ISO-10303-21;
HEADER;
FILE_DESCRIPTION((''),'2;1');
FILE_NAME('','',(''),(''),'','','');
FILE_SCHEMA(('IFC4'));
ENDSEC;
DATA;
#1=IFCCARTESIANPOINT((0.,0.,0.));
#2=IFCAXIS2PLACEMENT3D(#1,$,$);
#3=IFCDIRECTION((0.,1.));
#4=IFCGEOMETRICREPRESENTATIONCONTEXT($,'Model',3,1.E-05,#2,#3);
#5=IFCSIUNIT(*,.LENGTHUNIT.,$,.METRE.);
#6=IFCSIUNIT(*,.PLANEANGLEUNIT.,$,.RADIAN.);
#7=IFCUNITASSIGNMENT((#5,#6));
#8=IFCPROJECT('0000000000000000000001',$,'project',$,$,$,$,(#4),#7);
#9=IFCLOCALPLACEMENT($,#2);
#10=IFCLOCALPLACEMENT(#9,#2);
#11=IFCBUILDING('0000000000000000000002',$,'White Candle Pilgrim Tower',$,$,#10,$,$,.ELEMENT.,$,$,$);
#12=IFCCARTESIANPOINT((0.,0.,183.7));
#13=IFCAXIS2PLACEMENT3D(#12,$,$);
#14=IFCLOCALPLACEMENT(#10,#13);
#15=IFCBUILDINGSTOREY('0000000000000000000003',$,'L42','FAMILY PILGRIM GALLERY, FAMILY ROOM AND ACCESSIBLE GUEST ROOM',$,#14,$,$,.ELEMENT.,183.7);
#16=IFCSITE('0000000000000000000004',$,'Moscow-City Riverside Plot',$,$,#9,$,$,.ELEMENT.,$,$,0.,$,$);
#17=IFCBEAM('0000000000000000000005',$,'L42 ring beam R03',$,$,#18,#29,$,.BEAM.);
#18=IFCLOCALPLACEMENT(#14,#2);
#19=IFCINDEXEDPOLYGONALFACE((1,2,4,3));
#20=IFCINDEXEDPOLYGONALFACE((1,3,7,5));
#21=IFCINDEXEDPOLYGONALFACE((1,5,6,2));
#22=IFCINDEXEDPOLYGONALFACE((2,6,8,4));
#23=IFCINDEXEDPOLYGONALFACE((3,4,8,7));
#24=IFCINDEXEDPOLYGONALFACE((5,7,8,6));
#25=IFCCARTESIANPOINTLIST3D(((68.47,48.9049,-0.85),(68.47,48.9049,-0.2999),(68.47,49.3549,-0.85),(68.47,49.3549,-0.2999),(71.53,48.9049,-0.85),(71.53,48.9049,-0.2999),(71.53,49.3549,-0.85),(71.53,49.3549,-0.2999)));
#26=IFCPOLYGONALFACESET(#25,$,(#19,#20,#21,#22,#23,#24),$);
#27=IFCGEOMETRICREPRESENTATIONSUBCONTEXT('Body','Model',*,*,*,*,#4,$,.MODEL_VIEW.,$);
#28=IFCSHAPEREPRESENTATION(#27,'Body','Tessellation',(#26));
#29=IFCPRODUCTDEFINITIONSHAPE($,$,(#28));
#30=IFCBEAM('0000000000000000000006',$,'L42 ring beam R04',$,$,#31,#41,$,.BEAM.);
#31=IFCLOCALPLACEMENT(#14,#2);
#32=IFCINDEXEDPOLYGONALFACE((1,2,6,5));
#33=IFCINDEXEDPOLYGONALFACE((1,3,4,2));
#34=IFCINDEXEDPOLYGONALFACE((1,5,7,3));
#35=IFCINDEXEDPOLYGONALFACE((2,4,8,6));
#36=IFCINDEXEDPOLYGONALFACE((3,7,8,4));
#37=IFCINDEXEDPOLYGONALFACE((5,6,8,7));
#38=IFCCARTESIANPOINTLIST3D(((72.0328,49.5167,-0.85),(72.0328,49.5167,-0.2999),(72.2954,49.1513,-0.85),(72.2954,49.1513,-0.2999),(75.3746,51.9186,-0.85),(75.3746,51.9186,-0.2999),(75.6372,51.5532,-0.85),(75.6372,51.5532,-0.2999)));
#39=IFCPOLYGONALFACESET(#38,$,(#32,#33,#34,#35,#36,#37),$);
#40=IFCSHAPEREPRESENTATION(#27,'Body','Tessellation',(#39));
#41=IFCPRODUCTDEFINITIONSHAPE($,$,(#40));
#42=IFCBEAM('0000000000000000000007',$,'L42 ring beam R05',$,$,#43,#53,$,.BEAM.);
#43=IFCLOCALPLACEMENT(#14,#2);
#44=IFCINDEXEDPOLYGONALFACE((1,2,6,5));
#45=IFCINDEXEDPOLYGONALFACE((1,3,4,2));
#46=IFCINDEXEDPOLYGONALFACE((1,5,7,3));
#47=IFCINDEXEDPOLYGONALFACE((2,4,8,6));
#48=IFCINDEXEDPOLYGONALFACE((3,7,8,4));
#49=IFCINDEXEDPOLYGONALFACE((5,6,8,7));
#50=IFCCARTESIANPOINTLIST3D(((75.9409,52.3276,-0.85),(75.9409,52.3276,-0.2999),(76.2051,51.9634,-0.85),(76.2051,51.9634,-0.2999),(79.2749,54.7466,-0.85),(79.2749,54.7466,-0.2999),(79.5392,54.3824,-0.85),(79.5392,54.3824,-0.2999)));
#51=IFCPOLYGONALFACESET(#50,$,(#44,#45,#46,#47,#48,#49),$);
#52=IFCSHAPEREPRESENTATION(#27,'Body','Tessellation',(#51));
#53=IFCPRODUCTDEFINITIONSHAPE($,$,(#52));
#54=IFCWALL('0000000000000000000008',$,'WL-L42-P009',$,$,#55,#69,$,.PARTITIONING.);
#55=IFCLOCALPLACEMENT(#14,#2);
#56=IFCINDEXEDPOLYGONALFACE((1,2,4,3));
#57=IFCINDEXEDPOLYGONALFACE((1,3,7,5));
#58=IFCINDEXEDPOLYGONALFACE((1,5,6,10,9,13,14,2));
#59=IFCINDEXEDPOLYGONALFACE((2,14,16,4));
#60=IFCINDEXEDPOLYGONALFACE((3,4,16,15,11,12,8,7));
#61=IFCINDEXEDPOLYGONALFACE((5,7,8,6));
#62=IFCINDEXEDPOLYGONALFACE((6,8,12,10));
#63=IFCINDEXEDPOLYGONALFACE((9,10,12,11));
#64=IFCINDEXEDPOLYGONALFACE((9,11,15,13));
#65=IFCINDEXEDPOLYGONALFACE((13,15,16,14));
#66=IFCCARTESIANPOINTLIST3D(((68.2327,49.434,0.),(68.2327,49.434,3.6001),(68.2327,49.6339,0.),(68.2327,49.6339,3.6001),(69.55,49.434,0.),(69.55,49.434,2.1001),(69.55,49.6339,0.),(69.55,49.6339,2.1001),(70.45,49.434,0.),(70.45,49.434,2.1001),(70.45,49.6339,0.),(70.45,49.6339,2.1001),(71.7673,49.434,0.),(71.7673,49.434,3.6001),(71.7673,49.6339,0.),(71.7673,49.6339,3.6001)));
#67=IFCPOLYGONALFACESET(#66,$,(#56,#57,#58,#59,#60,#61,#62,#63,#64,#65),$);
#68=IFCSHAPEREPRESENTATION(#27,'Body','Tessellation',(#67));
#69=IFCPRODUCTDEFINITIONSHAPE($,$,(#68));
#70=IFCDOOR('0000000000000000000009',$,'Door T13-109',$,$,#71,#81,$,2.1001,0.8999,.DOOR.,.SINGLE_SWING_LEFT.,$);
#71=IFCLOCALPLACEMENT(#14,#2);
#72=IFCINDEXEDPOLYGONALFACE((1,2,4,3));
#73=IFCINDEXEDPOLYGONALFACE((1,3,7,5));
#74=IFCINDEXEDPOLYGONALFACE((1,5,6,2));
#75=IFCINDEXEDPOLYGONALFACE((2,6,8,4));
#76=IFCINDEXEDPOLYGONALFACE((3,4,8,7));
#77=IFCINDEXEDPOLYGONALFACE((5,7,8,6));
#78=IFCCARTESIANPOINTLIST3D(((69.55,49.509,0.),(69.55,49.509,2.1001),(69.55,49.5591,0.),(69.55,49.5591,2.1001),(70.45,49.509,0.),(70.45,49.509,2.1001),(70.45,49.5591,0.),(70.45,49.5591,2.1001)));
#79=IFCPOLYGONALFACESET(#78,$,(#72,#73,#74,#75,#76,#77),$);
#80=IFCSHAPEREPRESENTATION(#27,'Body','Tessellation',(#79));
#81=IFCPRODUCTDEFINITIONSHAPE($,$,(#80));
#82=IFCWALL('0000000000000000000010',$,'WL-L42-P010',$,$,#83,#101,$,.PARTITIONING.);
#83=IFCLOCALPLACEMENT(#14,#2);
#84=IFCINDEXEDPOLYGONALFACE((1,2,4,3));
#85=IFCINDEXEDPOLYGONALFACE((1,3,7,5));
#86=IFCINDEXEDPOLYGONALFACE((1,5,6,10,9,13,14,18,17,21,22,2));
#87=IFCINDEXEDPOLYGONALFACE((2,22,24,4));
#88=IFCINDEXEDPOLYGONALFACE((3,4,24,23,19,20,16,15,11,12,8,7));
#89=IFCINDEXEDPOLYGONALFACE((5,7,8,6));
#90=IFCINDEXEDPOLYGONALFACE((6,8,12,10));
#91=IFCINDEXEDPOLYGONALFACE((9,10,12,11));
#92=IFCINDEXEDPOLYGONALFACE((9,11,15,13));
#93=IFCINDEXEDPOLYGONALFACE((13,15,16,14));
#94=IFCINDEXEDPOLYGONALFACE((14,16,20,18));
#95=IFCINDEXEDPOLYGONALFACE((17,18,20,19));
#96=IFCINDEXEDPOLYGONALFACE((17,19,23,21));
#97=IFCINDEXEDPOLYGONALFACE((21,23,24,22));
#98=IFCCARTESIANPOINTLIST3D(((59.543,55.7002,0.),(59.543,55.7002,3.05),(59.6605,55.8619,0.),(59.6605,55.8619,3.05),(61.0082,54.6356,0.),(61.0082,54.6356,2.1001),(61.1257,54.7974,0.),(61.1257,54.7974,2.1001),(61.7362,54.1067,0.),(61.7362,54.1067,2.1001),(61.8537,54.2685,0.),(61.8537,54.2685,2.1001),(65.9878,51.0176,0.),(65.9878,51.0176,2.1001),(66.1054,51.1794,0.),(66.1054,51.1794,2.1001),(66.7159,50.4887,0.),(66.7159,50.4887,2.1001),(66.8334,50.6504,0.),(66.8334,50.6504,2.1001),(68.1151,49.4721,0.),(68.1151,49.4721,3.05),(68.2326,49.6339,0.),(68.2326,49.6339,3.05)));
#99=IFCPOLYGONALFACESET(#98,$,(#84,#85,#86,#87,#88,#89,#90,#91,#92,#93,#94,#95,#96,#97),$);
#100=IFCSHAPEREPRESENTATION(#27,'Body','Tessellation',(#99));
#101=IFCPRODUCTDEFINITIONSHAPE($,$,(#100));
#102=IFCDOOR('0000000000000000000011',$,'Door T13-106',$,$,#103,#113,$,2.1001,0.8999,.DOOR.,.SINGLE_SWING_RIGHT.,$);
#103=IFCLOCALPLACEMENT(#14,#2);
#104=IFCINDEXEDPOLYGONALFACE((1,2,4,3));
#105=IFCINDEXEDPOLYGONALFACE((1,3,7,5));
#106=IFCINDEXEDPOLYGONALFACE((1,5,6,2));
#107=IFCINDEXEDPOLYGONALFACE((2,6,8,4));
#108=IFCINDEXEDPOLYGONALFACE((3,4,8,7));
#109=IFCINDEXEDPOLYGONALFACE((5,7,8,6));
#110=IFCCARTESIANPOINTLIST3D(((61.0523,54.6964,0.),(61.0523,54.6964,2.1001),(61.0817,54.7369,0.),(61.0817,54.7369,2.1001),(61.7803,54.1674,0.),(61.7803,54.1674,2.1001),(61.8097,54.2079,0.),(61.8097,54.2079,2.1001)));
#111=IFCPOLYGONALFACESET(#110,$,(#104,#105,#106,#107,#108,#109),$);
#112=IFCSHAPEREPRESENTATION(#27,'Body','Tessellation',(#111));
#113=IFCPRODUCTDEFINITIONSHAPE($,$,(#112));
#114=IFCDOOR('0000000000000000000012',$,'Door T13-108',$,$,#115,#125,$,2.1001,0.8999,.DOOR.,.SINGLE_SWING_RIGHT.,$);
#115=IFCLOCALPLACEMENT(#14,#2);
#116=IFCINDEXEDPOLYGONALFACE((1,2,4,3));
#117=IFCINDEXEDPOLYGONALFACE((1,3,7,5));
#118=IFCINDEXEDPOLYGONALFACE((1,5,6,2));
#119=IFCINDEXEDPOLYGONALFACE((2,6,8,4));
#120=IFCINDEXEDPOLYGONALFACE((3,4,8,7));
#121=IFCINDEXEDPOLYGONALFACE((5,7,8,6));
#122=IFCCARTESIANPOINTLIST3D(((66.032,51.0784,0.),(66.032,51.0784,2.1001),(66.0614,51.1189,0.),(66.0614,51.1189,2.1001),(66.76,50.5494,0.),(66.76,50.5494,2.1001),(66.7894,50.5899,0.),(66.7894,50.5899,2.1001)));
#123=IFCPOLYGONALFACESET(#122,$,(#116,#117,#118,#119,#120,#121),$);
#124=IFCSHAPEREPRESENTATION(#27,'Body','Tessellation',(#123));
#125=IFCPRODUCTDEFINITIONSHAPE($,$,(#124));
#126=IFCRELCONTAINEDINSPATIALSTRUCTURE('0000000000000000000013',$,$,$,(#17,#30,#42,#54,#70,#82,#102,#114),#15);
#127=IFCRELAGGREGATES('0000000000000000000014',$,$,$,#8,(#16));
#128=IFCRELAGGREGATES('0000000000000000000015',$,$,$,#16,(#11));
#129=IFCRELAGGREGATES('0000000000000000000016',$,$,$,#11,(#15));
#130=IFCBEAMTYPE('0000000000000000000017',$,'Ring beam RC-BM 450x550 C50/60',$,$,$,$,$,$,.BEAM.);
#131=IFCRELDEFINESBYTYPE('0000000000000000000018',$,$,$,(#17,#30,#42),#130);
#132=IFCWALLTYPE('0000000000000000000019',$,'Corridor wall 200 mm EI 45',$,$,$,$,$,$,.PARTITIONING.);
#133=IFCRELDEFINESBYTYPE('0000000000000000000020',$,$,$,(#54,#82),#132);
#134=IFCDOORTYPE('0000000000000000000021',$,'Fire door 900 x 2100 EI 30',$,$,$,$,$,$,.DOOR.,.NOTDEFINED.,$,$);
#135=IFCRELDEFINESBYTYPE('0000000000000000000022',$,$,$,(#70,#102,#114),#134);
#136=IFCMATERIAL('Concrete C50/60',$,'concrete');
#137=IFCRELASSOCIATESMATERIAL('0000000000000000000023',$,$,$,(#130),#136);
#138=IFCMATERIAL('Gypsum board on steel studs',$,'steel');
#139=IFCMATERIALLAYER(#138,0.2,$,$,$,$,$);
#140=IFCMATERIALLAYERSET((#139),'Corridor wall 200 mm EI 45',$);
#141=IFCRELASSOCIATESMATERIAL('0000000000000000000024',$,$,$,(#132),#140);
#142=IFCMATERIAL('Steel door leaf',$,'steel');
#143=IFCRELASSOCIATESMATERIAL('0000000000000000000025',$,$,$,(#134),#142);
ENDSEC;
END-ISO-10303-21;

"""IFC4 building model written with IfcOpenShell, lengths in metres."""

from ifc_helpers import new_model, si_unit, direction, frame, frame_2d, origin, origin_2d, place, context, subcontext, project, spatial, rectangle, extrude, material, layer, layer_set, material_profile, profile_set, type_object, element, fill, save


model = new_model("IFC4")

# Units and contexts
model_context = context("Model", 3, precision=1e-05, world=origin(), true_north=direction((0.0, 1.0)))
body_context = subcontext(model_context, "Body", "Model", "MODEL_VIEW")
ifc_project = project(units=[si_unit("LENGTHUNIT", "METRE"), si_unit("PLANEANGLEUNIT", "RADIAN")], contexts=[model_context])

# Site, building, storey
site_placement = place(None, origin())
site = spatial("IfcSite", under=ifc_project, at=site_placement, Name="Moscow-City Riverside Plot", CompositionType="ELEMENT", RefElevation=0.0)
building_placement = place(site_placement, origin())
building = spatial("IfcBuilding", under=site, at=building_placement, Name="White Candle Pilgrim Tower", CompositionType="ELEMENT")
storey_placement = place(building_placement, frame((0.0, 0.0, 183.7)))
storey = spatial("IfcBuildingStorey", under=building, at=storey_placement, Name="L42", Description="FAMILY PILGRIM GALLERY, FAMILY ROOM AND ACCESSIBLE GUEST ROOM", CompositionType="ELEMENT", Elevation=183.7)

# Beams
ifc_material_1 = material(Name="Concrete C50/60", Category="concrete")
ifc_material_profile_1 = material_profile(ifc_material_1, rectangle(XDim=0.45, YDim=0.55, at=origin_2d()), Name="RC-BM 450x550")
ifc_profile_set_1 = profile_set([ifc_material_profile_1], Name="Concrete C50/60")
beam_type = type_object("IfcBeamType", Name="Ring beam RC-BM 450x550 C50/60", PredefinedType="BEAM", material=ifc_profile_set_1)
beam_1_placement = place(storey_placement, frame((68.47, 49.1299, -0.575), z_axis=(1.0, 0.0, 0.0), x_axis=(0.0, 1.0, 0.0)))
element("IfcBeam", 1, at=beam_1_placement, inside=storey, type_object=beam_type, Name="L42 ring beam R03", PredefinedType="BEAM", context=body_context, shape_type="SweptSolid", body=[
    extrude(rectangle(XDim=0.45, YDim=0.55, at=origin_2d()), origin(), (0.0, 0.0, 1.0), 3.0601),
])
beam_2_placement = place(storey_placement, frame((72.1641, 49.334, -0.575), z_axis=(0.812022, 0.583626, 0.0), x_axis=(-0.583626, 0.812022, 0.0)))
element("IfcBeam", 2, at=beam_2_placement, inside=storey, type_object=beam_type, Name="L42 ring beam R04", PredefinedType="BEAM", context=body_context, shape_type="SweptSolid", body=[
    extrude(rectangle(XDim=0.45, YDim=0.55, at=origin_2d()), origin(), (0.0, 0.0, 1.0), 4.1155),
])
beam_3_placement = place(storey_placement, frame((76.073, 52.1455, -0.575), z_axis=(0.809402, 0.587255, 0.0), x_axis=(-0.587255, 0.809402, 0.0)))
element("IfcBeam", 3, at=beam_3_placement, inside=storey, type_object=beam_type, Name="L42 ring beam R05", PredefinedType="BEAM", context=body_context, shape_type="SweptSolid", body=[
    extrude(rectangle(XDim=0.45, YDim=0.55, at=origin_2d()), origin(), (0.0, 0.0, 1.0), 4.1191),
])

# Wall, opening, door
ifc_material_2 = material(Name="Gypsum board on steel studs", Category="steel")
ifc_layer_1 = layer(ifc_material_2, 0.2)
ifc_layer_set_1 = layer_set([ifc_layer_1], Name="Corridor wall 200 mm EI 45")
wall_type_1 = type_object("IfcWallType", Name="Corridor wall 200 mm EI 45", PredefinedType="PARTITIONING", material=ifc_layer_set_1)
wall_1_placement = place(storey_placement, frame((71.7673, 49.5339, 0.0), z_axis=(0.0, 0.0, 1.0), x_axis=(-1.0, 0.0, 0.0)))
wall_1 = element("IfcWall", 4, at=wall_1_placement, inside=storey, type_object=wall_type_1, Name="WL-L42-P009", PredefinedType="PARTITIONING", context=body_context, shape_type="SweptSolid", body=[
    extrude(rectangle(XDim=3.5347, YDim=0.2, at=frame_2d((1.7673, 0.0))), origin(), (0.0, 0.0, 1.0), 3.6001),
])
opening_1_placement = place(wall_1_placement, frame((1.3174, 0.0, 0.0)))
opening_1 = element("IfcOpeningElement", 5, at=opening_1_placement, cuts=wall_1, PredefinedType="OPENING", context=body_context, shape_type="SweptSolid", body=[
    extrude(rectangle(XDim=0.8999, YDim=2.1001, at=frame_2d((0.45, 1.05))), frame((0.0, 0.1099, 0.0), z_axis=(0.0, -1.0, 0.0), x_axis=(1.0, 0.0, 0.0)), (0.0, 0.0, 1.0), 0.22),
])
ifc_material_3 = material(Name="Steel door leaf", Category="steel")
door_type_1 = type_object("IfcDoorType", Name="Fire door 900 x 2100 EI 30", OperationType="NOTDEFINED", PredefinedType="DOOR", material=ifc_material_3)
door_1_placement = place(opening_1_placement, origin())
door_1 = element("IfcDoor", 6, at=door_1_placement, inside=storey, type_object=door_type_1, Name="Door T13-109", OperationType="SINGLE_SWING_LEFT", OverallHeight=2.1001, OverallWidth=0.8999, PredefinedType="DOOR", context=body_context, shape_type="SweptSolid", body=[
    extrude(rectangle(XDim=0.8999, YDim=2.1001, at=frame_2d((0.45, 1.05))), frame((0.0, 0.0249, 0.0), z_axis=(0.0, -1.0, 0.0), x_axis=(1.0, 0.0, 0.0)), (0.0, 0.0, 1.0), 0.05),
])
fill(opening_1, door_1)

# Wall, openings, doors
wall_2_placement = place(storey_placement, frame((68.1738, 49.553, 0.0), z_axis=(0.0, 0.0, 1.0), x_axis=(-0.809013, 0.587791, 0.0)))
wall_2 = element("IfcWall", 7, at=wall_2_placement, inside=storey, type_object=wall_type_1, Name="WL-L42-P010", PredefinedType="PARTITIONING", context=body_context, shape_type="SweptSolid", body=[
    extrude(rectangle(XDim=10.5957, YDim=0.2, at=frame_2d((5.2979, 0.0))), origin(), (0.0, 0.0, 1.0), 3.05),
])
opening_2_placement = place(wall_2_placement, frame((7.8848, 0.0, 0.0)))
opening_2 = element("IfcOpeningElement", 8, at=opening_2_placement, cuts=wall_2, PredefinedType="OPENING", context=body_context, shape_type="SweptSolid", body=[
    extrude(rectangle(XDim=0.8999, YDim=2.1001, at=frame_2d((0.45, 1.05))), frame((0.0, 0.1099, 0.0), z_axis=(0.0, -1.0, 0.0), x_axis=(1.0, 0.0, 0.0)), (0.0, 0.0, 1.0), 0.22),
])
opening_3_placement = place(wall_2_placement, frame((1.7295, 0.0, 0.0)))
opening_3 = element("IfcOpeningElement", 9, at=opening_3_placement, cuts=wall_2, PredefinedType="OPENING", context=body_context, shape_type="SweptSolid", body=[
    extrude(rectangle(XDim=0.8999, YDim=2.1001, at=frame_2d((0.45, 1.05))), frame((0.0, 0.1099, 0.0), z_axis=(0.0, -1.0, 0.0), x_axis=(1.0, 0.0, 0.0)), (0.0, 0.0, 1.0), 0.22),
])
door_2_placement = place(opening_2_placement, origin())
door_2 = element("IfcDoor", 10, at=door_2_placement, inside=storey, type_object=door_type_1, Name="Door T13-106", OperationType="SINGLE_SWING_RIGHT", OverallHeight=2.1001, OverallWidth=0.8999, PredefinedType="DOOR", context=body_context, shape_type="SweptSolid", body=[
    extrude(rectangle(XDim=0.8999, YDim=2.1001, at=frame_2d((0.45, 1.05))), frame((0.0, 0.0249, 0.0), z_axis=(0.0, -1.0, 0.0), x_axis=(1.0, 0.0, 0.0)), (0.0, 0.0, 1.0), 0.05),
])
fill(opening_2, door_2)
door_3_placement = place(opening_3_placement, origin())
door_3 = element("IfcDoor", 11, at=door_3_placement, inside=storey, type_object=door_type_1, Name="Door T13-108", OperationType="SINGLE_SWING_RIGHT", OverallHeight=2.1001, OverallWidth=0.8999, PredefinedType="DOOR", context=body_context, shape_type="SweptSolid", body=[
    extrude(rectangle(XDim=0.8999, YDim=2.1001, at=frame_2d((0.45, 1.05))), frame((0.0, 0.0249, 0.0), z_axis=(0.0, -1.0, 0.0), x_axis=(1.0, 0.0, 0.0)), (0.0, 0.0, 1.0), 0.05),
])
fill(opening_3, door_3)

save(model, "model.ifc")
